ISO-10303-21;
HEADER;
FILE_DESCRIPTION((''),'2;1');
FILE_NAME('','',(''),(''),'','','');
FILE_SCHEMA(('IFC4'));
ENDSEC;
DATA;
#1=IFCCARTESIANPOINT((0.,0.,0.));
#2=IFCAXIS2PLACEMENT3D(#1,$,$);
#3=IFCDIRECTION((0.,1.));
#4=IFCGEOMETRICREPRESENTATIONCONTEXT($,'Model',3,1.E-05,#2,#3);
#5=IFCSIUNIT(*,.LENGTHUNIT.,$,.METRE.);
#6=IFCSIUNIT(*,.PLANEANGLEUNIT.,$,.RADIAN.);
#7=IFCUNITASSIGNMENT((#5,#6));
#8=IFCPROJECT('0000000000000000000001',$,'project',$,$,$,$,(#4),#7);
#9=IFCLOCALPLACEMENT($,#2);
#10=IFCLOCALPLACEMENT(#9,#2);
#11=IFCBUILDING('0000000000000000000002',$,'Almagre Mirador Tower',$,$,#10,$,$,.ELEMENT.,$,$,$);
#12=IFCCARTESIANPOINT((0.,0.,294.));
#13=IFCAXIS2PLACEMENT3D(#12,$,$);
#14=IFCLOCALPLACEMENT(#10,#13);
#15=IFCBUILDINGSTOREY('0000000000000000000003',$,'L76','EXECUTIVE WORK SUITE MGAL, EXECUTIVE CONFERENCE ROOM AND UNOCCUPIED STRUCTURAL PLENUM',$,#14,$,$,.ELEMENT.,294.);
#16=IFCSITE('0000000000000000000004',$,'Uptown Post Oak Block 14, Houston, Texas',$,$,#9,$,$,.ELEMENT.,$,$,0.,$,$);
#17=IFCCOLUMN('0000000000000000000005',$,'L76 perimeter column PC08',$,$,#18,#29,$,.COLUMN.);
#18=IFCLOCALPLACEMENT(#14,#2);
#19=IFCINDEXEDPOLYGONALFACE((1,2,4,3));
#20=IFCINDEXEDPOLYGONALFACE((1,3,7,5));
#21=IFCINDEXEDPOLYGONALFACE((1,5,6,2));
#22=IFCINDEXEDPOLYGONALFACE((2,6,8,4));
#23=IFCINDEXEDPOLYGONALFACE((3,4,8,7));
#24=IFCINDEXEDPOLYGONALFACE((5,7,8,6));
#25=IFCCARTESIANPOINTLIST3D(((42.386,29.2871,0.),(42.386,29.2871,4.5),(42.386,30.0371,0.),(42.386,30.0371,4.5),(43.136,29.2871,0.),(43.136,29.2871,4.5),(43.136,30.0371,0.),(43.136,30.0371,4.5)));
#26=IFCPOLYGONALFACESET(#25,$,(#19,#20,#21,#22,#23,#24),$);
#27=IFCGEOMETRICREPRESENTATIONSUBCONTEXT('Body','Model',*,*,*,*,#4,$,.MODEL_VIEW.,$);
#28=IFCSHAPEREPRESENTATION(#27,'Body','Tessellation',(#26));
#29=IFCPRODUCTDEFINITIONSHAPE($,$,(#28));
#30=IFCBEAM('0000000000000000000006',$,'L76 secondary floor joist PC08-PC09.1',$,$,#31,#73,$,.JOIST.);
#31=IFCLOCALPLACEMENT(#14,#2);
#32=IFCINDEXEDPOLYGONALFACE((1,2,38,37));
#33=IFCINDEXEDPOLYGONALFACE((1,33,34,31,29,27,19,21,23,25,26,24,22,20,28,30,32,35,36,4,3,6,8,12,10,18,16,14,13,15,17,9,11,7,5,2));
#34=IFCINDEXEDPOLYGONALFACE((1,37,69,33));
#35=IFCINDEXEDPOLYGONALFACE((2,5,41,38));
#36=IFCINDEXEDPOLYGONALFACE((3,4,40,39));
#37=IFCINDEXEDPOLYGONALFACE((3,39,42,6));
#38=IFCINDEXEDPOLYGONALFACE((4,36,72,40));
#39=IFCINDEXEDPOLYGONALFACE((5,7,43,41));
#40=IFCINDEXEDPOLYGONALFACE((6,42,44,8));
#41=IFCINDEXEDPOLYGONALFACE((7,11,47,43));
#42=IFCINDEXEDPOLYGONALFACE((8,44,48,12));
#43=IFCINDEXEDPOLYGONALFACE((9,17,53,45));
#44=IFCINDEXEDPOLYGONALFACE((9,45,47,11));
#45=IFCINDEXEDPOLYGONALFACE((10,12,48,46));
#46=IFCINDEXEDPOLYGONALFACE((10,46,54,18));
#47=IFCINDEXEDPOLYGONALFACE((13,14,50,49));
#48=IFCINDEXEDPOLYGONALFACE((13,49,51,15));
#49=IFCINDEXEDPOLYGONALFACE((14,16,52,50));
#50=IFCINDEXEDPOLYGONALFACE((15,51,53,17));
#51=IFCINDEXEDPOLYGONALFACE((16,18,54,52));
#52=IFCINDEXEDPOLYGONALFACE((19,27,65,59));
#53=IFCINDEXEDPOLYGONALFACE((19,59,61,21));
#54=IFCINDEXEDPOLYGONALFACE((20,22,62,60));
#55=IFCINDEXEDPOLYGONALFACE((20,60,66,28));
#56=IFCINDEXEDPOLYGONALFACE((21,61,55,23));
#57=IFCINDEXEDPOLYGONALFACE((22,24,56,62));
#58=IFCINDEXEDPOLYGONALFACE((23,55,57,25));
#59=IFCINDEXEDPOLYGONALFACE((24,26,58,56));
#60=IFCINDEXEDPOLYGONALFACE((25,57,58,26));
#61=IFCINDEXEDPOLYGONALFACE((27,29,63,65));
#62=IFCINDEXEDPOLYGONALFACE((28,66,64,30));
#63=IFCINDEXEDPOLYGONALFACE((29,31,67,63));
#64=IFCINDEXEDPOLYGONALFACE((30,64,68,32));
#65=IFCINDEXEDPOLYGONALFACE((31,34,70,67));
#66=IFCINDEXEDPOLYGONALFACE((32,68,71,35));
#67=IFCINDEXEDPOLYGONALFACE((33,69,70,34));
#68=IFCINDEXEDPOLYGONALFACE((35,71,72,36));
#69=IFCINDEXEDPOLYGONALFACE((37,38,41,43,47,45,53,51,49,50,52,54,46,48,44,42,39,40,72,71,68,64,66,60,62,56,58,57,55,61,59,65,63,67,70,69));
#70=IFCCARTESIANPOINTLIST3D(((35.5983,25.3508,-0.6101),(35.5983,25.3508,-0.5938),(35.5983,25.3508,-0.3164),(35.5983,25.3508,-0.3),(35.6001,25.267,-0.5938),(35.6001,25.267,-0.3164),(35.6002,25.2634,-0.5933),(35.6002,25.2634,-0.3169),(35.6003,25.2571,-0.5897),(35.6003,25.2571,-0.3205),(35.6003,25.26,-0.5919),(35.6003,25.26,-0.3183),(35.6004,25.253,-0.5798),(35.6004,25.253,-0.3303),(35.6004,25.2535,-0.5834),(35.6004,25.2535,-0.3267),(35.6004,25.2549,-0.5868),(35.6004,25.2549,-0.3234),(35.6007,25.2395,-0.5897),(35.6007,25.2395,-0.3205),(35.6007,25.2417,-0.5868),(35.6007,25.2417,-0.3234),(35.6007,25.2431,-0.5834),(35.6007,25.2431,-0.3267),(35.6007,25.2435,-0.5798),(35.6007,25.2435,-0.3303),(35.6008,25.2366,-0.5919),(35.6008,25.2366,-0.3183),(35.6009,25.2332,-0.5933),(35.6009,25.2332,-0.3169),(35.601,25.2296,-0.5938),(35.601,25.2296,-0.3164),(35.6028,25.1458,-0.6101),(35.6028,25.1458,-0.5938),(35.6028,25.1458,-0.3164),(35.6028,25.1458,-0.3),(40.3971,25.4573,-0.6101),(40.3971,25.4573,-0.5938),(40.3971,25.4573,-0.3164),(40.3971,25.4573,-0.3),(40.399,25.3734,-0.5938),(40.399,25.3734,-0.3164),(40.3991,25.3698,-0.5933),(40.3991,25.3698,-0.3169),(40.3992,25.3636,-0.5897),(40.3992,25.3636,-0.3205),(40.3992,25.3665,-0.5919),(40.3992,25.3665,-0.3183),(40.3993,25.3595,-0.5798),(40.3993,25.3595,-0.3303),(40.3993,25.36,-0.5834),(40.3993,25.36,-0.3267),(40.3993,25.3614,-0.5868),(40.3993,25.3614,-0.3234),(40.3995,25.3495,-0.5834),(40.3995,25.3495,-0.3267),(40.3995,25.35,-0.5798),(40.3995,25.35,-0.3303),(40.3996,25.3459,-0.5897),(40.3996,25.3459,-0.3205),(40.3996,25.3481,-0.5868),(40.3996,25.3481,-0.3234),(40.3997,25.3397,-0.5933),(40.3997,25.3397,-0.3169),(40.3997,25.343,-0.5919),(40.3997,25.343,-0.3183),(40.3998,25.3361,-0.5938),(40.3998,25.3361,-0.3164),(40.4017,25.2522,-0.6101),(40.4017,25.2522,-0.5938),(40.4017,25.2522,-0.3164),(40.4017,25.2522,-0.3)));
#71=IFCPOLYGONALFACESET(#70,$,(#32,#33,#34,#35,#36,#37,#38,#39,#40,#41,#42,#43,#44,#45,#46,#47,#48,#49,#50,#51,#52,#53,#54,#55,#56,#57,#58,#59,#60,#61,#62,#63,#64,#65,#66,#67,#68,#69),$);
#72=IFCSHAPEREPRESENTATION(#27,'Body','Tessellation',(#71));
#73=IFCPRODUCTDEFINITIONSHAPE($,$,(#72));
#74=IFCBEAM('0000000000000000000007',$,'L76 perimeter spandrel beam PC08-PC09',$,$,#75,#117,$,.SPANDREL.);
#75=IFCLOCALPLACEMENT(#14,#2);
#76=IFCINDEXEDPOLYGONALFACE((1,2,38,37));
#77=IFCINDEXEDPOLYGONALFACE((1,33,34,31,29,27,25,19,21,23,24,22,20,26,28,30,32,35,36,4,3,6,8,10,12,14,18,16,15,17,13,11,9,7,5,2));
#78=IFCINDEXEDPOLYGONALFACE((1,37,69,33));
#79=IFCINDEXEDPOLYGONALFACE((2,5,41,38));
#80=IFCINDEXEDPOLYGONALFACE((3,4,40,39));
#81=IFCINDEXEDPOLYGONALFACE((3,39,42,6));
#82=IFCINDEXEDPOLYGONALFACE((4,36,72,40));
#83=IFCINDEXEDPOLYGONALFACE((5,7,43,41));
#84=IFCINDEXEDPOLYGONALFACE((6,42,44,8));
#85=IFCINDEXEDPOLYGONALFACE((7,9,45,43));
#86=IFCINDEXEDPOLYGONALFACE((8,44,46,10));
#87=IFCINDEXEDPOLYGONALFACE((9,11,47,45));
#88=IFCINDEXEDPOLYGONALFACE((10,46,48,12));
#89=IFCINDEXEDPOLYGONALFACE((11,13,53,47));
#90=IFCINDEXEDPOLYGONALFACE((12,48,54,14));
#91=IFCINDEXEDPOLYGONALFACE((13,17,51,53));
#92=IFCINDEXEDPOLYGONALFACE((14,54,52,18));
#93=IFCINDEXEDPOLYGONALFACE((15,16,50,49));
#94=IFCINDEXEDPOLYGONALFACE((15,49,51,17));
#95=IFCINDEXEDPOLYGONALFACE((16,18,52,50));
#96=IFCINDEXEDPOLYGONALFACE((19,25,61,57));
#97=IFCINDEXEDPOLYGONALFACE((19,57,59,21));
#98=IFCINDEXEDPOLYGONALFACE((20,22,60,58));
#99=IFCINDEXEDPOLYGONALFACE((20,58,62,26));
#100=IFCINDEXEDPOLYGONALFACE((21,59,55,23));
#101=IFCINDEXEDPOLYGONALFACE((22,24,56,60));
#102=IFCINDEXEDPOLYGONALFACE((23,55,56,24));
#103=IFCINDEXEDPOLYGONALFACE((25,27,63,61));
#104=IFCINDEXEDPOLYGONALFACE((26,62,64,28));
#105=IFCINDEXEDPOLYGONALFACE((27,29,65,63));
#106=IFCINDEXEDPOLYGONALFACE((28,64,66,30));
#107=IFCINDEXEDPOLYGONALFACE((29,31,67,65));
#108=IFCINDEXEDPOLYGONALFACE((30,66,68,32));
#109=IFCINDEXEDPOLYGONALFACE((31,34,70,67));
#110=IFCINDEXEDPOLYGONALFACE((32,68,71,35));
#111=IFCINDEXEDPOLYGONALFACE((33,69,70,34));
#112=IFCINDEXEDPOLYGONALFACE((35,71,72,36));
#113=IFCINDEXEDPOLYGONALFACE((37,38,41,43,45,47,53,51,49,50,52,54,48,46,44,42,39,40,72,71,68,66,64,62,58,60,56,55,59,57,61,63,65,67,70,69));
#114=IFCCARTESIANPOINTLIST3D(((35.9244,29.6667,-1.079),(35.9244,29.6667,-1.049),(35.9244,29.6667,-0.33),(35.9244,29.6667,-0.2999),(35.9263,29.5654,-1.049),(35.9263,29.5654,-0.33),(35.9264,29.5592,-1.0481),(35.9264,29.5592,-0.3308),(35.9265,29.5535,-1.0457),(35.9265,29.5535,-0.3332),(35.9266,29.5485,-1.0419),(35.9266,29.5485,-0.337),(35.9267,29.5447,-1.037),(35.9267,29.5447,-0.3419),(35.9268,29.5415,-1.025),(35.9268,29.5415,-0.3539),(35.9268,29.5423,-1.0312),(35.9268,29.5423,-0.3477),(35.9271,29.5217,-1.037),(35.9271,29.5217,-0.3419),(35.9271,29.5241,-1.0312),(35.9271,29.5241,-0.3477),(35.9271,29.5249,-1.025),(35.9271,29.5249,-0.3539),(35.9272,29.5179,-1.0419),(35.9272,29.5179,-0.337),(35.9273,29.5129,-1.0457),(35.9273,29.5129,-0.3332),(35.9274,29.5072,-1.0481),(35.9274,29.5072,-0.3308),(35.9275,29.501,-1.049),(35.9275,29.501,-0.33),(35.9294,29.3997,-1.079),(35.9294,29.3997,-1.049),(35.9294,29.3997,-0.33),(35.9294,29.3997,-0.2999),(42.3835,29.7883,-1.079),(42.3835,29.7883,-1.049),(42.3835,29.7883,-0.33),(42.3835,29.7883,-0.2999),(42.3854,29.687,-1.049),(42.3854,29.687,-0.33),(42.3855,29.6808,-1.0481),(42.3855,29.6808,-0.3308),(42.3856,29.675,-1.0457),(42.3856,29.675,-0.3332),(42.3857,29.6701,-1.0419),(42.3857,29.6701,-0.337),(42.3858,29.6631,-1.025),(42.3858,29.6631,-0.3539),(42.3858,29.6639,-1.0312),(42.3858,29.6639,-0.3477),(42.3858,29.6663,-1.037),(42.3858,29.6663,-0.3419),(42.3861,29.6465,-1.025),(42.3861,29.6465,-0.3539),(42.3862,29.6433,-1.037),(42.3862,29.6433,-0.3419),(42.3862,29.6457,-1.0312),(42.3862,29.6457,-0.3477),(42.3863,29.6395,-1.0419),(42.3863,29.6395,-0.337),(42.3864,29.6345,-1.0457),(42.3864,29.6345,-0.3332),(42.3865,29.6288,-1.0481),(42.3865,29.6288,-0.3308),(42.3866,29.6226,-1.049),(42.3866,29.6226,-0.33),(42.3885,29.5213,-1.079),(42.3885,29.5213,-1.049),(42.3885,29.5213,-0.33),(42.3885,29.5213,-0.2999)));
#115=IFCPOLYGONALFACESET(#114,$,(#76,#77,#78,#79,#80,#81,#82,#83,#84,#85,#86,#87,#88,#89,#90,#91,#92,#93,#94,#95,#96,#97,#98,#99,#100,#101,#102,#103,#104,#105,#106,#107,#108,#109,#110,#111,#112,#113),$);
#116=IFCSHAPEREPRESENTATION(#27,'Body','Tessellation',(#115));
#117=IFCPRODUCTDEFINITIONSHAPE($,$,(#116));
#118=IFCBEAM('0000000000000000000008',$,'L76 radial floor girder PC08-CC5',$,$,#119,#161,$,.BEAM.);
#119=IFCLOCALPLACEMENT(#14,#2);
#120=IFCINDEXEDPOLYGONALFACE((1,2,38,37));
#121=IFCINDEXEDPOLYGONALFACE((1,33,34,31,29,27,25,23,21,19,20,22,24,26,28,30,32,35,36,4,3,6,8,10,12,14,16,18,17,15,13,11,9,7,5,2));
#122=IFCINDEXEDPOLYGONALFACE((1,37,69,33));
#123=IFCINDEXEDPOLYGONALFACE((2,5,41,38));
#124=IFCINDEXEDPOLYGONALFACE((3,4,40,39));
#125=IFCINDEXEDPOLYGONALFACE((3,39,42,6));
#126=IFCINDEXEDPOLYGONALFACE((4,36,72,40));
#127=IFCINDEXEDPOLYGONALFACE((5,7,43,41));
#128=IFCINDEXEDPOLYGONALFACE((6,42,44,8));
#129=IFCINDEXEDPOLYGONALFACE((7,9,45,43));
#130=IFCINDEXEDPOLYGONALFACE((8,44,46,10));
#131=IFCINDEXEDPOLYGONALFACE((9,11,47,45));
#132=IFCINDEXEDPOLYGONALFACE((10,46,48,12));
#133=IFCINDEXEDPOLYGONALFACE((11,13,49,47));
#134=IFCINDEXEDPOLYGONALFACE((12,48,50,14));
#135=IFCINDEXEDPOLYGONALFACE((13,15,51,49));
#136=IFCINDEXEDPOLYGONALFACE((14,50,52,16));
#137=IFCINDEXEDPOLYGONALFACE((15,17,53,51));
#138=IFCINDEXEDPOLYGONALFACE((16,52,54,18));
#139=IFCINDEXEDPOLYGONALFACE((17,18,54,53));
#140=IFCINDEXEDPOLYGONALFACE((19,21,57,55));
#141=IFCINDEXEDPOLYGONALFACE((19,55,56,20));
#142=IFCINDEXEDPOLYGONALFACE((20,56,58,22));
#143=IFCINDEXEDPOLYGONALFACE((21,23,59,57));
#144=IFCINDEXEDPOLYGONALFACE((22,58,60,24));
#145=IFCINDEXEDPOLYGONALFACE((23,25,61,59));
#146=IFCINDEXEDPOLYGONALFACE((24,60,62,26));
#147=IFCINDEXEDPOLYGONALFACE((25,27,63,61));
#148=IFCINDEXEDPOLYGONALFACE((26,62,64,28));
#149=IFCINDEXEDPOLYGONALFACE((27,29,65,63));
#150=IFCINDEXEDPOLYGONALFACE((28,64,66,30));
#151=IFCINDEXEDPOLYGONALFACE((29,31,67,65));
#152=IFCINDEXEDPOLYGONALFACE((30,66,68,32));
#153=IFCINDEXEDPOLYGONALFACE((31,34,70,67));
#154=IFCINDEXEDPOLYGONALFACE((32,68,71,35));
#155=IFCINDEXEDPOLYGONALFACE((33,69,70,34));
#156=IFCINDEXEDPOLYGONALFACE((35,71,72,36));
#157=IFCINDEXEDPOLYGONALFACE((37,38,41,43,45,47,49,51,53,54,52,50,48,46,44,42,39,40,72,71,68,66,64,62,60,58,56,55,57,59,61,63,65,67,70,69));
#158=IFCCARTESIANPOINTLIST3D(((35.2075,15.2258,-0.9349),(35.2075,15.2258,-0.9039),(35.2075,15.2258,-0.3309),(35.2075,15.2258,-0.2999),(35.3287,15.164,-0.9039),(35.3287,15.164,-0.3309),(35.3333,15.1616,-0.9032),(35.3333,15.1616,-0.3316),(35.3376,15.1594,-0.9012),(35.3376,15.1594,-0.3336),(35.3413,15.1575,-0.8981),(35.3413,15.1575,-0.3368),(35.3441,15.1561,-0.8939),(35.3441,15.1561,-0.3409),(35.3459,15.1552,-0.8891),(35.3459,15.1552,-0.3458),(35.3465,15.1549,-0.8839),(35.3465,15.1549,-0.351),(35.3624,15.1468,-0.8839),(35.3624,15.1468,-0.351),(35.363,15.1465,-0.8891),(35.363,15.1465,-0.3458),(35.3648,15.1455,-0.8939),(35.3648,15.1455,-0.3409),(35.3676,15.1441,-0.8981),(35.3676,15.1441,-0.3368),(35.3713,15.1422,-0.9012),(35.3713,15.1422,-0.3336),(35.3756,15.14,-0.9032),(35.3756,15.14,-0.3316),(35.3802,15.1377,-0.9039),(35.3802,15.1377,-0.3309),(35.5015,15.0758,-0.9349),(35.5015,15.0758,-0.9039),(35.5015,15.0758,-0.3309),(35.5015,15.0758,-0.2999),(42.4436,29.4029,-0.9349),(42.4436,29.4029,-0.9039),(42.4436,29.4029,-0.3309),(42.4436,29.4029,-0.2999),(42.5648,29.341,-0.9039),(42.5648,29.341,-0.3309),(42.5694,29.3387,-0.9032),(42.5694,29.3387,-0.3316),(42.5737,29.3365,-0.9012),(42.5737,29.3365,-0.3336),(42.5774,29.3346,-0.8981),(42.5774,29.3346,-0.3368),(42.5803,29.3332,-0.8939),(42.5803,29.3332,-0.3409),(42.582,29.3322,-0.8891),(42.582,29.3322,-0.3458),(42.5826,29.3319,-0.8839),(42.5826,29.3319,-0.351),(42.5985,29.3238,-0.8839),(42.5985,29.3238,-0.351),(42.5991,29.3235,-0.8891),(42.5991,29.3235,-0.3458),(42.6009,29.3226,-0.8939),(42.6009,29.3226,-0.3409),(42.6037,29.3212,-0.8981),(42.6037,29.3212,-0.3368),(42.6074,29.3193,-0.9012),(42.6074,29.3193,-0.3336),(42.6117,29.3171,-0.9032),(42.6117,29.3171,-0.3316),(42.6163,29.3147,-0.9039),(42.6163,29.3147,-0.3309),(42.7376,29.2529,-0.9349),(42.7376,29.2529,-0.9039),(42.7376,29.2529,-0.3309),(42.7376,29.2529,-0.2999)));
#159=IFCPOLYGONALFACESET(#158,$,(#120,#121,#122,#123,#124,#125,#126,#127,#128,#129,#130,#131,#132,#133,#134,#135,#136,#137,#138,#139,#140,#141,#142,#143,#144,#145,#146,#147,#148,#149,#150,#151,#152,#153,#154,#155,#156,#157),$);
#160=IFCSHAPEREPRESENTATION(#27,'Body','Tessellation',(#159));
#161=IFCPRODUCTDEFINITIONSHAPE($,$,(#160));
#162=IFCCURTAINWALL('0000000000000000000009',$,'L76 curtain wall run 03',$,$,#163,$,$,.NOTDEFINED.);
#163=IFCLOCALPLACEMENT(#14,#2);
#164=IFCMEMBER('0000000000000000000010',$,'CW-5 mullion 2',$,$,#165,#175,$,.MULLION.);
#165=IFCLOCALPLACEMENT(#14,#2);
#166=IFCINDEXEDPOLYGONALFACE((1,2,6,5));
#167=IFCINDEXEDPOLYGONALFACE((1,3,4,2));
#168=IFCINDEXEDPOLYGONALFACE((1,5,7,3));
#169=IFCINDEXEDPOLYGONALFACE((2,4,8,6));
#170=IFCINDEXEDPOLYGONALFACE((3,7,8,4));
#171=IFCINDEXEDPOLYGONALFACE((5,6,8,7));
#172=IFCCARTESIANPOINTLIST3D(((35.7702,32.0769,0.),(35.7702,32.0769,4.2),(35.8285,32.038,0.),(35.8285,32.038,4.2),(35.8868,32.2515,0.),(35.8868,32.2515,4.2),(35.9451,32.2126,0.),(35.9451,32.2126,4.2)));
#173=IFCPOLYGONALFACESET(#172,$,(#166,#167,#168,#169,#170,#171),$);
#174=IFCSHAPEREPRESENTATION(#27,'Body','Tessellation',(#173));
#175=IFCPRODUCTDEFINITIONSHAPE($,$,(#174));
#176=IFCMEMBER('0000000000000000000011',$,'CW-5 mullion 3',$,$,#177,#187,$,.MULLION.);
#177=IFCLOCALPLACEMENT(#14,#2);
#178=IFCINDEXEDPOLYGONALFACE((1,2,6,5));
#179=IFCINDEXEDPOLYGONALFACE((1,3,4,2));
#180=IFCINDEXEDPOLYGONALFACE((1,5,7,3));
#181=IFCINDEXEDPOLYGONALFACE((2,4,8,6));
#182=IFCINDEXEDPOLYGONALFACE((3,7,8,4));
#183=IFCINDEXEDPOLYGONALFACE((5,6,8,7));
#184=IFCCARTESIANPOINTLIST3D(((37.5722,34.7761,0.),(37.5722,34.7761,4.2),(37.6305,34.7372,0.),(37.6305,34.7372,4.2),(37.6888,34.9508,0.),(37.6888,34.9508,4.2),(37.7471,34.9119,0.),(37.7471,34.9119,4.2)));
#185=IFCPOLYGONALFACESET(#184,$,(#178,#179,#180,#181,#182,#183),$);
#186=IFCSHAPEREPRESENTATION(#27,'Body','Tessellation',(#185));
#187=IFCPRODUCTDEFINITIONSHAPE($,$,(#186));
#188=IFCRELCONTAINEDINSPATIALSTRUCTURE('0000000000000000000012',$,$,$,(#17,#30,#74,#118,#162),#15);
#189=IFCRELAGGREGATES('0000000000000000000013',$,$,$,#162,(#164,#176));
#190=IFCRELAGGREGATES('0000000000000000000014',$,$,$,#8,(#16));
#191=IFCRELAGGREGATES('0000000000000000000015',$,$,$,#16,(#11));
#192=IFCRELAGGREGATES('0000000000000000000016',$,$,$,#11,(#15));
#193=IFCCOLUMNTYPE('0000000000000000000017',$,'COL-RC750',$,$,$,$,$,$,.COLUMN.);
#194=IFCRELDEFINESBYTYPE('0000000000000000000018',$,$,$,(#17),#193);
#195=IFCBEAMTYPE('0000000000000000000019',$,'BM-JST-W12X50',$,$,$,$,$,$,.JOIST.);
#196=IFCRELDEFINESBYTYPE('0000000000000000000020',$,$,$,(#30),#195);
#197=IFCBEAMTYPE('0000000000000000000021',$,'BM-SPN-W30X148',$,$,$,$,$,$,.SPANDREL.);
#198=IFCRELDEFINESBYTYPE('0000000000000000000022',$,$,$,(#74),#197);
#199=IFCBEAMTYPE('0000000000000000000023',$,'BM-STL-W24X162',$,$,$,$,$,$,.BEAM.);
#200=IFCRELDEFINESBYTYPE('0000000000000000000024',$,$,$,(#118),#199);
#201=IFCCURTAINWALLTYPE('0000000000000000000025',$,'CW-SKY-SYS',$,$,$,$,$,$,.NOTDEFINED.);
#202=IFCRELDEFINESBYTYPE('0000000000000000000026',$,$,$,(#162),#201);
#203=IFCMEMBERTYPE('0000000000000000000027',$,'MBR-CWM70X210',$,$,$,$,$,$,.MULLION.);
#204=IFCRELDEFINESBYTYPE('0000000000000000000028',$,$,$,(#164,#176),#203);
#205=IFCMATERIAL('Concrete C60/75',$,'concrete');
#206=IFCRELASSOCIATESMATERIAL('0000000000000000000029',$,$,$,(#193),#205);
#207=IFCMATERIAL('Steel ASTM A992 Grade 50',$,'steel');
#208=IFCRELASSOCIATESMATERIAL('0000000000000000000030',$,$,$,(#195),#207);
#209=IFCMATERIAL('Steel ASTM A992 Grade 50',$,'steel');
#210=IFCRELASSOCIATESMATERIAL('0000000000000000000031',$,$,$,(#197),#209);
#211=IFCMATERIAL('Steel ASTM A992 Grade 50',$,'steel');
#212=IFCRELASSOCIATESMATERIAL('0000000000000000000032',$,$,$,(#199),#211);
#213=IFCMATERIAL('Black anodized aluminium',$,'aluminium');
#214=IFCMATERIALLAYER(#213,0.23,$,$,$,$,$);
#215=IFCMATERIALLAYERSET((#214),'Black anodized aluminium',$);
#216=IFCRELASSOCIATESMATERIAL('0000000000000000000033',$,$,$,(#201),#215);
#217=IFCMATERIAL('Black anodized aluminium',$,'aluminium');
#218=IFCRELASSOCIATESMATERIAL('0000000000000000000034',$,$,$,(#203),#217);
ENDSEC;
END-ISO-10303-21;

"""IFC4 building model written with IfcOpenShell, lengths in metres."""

from ifc_helpers import new_model, si_unit, direction, frame, origin, origin_2d, place, context, subcontext, project, spatial, rectangle, i_section, extrude, material, layer, layer_set, material_profile, profile_set, type_object, element, aggregate, save


model = new_model("IFC4")

# Units and contexts
model_context = context("Model", 3, precision=1e-05, world=origin(), true_north=direction((0.0, 1.0)))
body_context = subcontext(model_context, "Body", "Model", "MODEL_VIEW")
ifc_project = project(units=[si_unit("LENGTHUNIT", "METRE"), si_unit("PLANEANGLEUNIT", "RADIAN")], contexts=[model_context])

# Site, building, storey
site_placement = place(None, origin())
site = spatial("IfcSite", under=ifc_project, at=site_placement, Name="Uptown Post Oak Block 14, Houston, Texas", CompositionType="ELEMENT", RefElevation=0.0)
building_placement = place(site_placement, origin())
building = spatial("IfcBuilding", under=site, at=building_placement, Name="Almagre Mirador Tower", CompositionType="ELEMENT")
storey_placement = place(building_placement, frame((0.0, 0.0, 294.0)))
storey = spatial("IfcBuildingStorey", under=building, at=storey_placement, Name="L76", Description="EXECUTIVE WORK SUITE MGAL, EXECUTIVE CONFERENCE ROOM AND UNOCCUPIED STRUCTURAL PLENUM", CompositionType="ELEMENT", Elevation=294.0)

# Column
ifc_material_1 = material(Name="Concrete C60/75", Category="concrete")
ifc_material_profile_1 = material_profile(ifc_material_1, rectangle(XDim=0.75, YDim=0.75, at=origin_2d()), Name="RC750X750")
ifc_profile_set_1 = profile_set([ifc_material_profile_1], Name="Concrete C60/75")
column_type = type_object("IfcColumnType", Name="COL-RC750", PredefinedType="COLUMN", material=ifc_profile_set_1)
column_placement = place(storey_placement, frame((42.761, 29.6621, 0.0), z_axis=(0.0, 0.0, 1.0), x_axis=(1.0, 0.0, 0.0)))
element("IfcColumn", 1, at=column_placement, inside=storey, type_object=column_type, Name="L76 perimeter column PC08", PredefinedType="COLUMN", context=body_context, shape_type="SweptSolid", body=[
    extrude(rectangle(XDim=0.75, YDim=0.75, at=origin_2d()), origin(), (0.0, 0.0, 1.0), 4.5),
])

# Beams
ifc_material_2 = material(Name="Steel ASTM A992 Grade 50", Category="steel")
ifc_material_profile_2 = material_profile(ifc_material_2, i_section(OverallWidth=0.2051, OverallDepth=0.3101, WebThickness=0.0095, FlangeThickness=0.0164, FilletRadius=0.0139, at=origin_2d()), Name="W12X50")
ifc_profile_set_2 = profile_set([ifc_material_profile_2], Name="Steel ASTM A992 Grade 50")
beam_type_1 = type_object("IfcBeamType", Name="BM-JST-W12X50", PredefinedType="JOIST", material=ifc_profile_set_2)
beam_1_placement = place(storey_placement, frame((40.3994, 25.3547, -0.4551), z_axis=(-0.999754, -0.022176, 0.0), x_axis=(0.022176, -0.999754, 0.0)))
element("IfcBeam", 2, at=beam_1_placement, inside=storey, type_object=beam_type_1, Name="L76 secondary floor joist PC08-PC09.1", PredefinedType="JOIST", context=body_context, shape_type="SweptSolid", body=[
    extrude(i_section(OverallWidth=0.2051, OverallDepth=0.3101, WebThickness=0.0095, FlangeThickness=0.0164, FilletRadius=0.0139, at=origin_2d()), origin(), (0.0, 0.0, 1.0), 4.8),
])
ifc_material_3 = material(Name="Steel ASTM A992 Grade 50", Category="steel")
ifc_material_profile_3 = material_profile(ifc_material_3, i_section(OverallWidth=0.2671, OverallDepth=0.7791, WebThickness=0.0166, FlangeThickness=0.03, FilletRadius=0.0239, at=origin_2d()), Name="W30X148")
ifc_profile_set_3 = profile_set([ifc_material_profile_3], Name="Steel ASTM A992 Grade 50")
beam_type_2 = type_object("IfcBeamType", Name="BM-SPN-W30X148", PredefinedType="SPANDREL", material=ifc_profile_set_3)
beam_2_placement = place(storey_placement, frame((42.386, 29.6548, -0.6895), z_axis=(-0.999823, -0.01882, 0.0), x_axis=(0.01882, -0.999823, 0.0)))
element("IfcBeam", 3, at=beam_2_placement, inside=storey, type_object=beam_type_2, Name="L76 perimeter spandrel beam PC08-PC09", PredefinedType="SPANDREL", context=body_context, shape_type="SweptSolid", body=[
    extrude(i_section(OverallWidth=0.2671, OverallDepth=0.7791, WebThickness=0.0166, FlangeThickness=0.03, FilletRadius=0.0239, at=origin_2d()), origin(), (0.0, 0.0, 1.0), 6.4602),
])
ifc_material_4 = material(Name="Steel ASTM A992 Grade 50", Category="steel")
ifc_material_profile_4 = material_profile(ifc_material_4, i_section(OverallWidth=0.3301, OverallDepth=0.635, WebThickness=0.0178, FlangeThickness=0.031, FilletRadius=0.02, at=origin_2d()), Name="W24X162")
ifc_profile_set_4 = profile_set([ifc_material_profile_4], Name="Steel ASTM A992 Grade 50")
beam_type_3 = type_object("IfcBeamType", Name="BM-STL-W24X162", PredefinedType="BEAM", material=ifc_profile_set_4)
beam_3_placement = place(storey_placement, frame((42.5906, 29.3279, -0.6174), z_axis=(-0.454616, -0.890688, 0.0), x_axis=(0.890688, -0.454616, 0.0)))
element("IfcBeam", 4, at=beam_3_placement, inside=storey, type_object=beam_type_3, Name="L76 radial floor girder PC08-CC5", PredefinedType="BEAM", context=body_context, shape_type="SweptSolid", body=[
    extrude(i_section(OverallWidth=0.3301, OverallDepth=0.635, WebThickness=0.0178, FlangeThickness=0.031, FilletRadius=0.02, at=origin_2d()), origin(), (0.0, 0.0, 1.0), 15.917),
])

# Curtain wall, members
ifc_material_5 = material(Name="Black anodized aluminium", Category="aluminium")
ifc_layer_1 = layer(ifc_material_5, 0.23)
ifc_layer_set_1 = layer_set([ifc_layer_1], Name="Black anodized aluminium")
curtain_wall_type = type_object("IfcCurtainWallType", Name="CW-SKY-SYS", PredefinedType="NOTDEFINED", material=ifc_layer_set_1)
curtain_wall_1_placement = place(storey_placement, origin())
curtain_wall_1 = element("IfcCurtainWall", 5, at=curtain_wall_1_placement, inside=storey, type_object=curtain_wall_type, Name="L76 curtain wall run 03", PredefinedType="NOTDEFINED")
ifc_material_6 = material(Name="Black anodized aluminium", Category="aluminium")
ifc_material_profile_5 = material_profile(ifc_material_6, rectangle(XDim=0.0701, YDim=0.21, at=origin_2d()), Name="CWM70X210")
ifc_profile_set_5 = profile_set([ifc_material_profile_5], Name="Black anodized aluminium")
member_type_1 = type_object("IfcMemberType", Name="MBR-CWM70X210", PredefinedType="MULLION", material=ifc_profile_set_5)
member_1_placement = place(storey_placement, frame((35.8577, 32.1448, 0.0), z_axis=(0.0, 0.0, 1.0), x_axis=(-0.83171, 0.55521, 0.0)))
member_1 = element("IfcMember", 6, at=member_1_placement, type_object=member_type_1, Name="CW-5 mullion 2", PredefinedType="MULLION", context=body_context, shape_type="SweptSolid", body=[
    extrude(rectangle(XDim=0.0701, YDim=0.21, at=origin_2d()), origin(), (0.0, 0.0, 1.0), 4.2),
])
member_2_placement = place(storey_placement, frame((37.6597, 34.844, 0.0), z_axis=(0.0, 0.0, 1.0), x_axis=(-0.83171, 0.55521, 0.0)))
member_2 = element("IfcMember", 7, at=member_2_placement, type_object=member_type_1, Name="CW-5 mullion 3", PredefinedType="MULLION", context=body_context, shape_type="SweptSolid", body=[
    extrude(rectangle(XDim=0.0701, YDim=0.21, at=origin_2d()), origin(), (0.0, 0.0, 1.0), 4.2),
])

aggregate(curtain_wall_1, [member_1, member_2])

save(model, "model.ifc")
